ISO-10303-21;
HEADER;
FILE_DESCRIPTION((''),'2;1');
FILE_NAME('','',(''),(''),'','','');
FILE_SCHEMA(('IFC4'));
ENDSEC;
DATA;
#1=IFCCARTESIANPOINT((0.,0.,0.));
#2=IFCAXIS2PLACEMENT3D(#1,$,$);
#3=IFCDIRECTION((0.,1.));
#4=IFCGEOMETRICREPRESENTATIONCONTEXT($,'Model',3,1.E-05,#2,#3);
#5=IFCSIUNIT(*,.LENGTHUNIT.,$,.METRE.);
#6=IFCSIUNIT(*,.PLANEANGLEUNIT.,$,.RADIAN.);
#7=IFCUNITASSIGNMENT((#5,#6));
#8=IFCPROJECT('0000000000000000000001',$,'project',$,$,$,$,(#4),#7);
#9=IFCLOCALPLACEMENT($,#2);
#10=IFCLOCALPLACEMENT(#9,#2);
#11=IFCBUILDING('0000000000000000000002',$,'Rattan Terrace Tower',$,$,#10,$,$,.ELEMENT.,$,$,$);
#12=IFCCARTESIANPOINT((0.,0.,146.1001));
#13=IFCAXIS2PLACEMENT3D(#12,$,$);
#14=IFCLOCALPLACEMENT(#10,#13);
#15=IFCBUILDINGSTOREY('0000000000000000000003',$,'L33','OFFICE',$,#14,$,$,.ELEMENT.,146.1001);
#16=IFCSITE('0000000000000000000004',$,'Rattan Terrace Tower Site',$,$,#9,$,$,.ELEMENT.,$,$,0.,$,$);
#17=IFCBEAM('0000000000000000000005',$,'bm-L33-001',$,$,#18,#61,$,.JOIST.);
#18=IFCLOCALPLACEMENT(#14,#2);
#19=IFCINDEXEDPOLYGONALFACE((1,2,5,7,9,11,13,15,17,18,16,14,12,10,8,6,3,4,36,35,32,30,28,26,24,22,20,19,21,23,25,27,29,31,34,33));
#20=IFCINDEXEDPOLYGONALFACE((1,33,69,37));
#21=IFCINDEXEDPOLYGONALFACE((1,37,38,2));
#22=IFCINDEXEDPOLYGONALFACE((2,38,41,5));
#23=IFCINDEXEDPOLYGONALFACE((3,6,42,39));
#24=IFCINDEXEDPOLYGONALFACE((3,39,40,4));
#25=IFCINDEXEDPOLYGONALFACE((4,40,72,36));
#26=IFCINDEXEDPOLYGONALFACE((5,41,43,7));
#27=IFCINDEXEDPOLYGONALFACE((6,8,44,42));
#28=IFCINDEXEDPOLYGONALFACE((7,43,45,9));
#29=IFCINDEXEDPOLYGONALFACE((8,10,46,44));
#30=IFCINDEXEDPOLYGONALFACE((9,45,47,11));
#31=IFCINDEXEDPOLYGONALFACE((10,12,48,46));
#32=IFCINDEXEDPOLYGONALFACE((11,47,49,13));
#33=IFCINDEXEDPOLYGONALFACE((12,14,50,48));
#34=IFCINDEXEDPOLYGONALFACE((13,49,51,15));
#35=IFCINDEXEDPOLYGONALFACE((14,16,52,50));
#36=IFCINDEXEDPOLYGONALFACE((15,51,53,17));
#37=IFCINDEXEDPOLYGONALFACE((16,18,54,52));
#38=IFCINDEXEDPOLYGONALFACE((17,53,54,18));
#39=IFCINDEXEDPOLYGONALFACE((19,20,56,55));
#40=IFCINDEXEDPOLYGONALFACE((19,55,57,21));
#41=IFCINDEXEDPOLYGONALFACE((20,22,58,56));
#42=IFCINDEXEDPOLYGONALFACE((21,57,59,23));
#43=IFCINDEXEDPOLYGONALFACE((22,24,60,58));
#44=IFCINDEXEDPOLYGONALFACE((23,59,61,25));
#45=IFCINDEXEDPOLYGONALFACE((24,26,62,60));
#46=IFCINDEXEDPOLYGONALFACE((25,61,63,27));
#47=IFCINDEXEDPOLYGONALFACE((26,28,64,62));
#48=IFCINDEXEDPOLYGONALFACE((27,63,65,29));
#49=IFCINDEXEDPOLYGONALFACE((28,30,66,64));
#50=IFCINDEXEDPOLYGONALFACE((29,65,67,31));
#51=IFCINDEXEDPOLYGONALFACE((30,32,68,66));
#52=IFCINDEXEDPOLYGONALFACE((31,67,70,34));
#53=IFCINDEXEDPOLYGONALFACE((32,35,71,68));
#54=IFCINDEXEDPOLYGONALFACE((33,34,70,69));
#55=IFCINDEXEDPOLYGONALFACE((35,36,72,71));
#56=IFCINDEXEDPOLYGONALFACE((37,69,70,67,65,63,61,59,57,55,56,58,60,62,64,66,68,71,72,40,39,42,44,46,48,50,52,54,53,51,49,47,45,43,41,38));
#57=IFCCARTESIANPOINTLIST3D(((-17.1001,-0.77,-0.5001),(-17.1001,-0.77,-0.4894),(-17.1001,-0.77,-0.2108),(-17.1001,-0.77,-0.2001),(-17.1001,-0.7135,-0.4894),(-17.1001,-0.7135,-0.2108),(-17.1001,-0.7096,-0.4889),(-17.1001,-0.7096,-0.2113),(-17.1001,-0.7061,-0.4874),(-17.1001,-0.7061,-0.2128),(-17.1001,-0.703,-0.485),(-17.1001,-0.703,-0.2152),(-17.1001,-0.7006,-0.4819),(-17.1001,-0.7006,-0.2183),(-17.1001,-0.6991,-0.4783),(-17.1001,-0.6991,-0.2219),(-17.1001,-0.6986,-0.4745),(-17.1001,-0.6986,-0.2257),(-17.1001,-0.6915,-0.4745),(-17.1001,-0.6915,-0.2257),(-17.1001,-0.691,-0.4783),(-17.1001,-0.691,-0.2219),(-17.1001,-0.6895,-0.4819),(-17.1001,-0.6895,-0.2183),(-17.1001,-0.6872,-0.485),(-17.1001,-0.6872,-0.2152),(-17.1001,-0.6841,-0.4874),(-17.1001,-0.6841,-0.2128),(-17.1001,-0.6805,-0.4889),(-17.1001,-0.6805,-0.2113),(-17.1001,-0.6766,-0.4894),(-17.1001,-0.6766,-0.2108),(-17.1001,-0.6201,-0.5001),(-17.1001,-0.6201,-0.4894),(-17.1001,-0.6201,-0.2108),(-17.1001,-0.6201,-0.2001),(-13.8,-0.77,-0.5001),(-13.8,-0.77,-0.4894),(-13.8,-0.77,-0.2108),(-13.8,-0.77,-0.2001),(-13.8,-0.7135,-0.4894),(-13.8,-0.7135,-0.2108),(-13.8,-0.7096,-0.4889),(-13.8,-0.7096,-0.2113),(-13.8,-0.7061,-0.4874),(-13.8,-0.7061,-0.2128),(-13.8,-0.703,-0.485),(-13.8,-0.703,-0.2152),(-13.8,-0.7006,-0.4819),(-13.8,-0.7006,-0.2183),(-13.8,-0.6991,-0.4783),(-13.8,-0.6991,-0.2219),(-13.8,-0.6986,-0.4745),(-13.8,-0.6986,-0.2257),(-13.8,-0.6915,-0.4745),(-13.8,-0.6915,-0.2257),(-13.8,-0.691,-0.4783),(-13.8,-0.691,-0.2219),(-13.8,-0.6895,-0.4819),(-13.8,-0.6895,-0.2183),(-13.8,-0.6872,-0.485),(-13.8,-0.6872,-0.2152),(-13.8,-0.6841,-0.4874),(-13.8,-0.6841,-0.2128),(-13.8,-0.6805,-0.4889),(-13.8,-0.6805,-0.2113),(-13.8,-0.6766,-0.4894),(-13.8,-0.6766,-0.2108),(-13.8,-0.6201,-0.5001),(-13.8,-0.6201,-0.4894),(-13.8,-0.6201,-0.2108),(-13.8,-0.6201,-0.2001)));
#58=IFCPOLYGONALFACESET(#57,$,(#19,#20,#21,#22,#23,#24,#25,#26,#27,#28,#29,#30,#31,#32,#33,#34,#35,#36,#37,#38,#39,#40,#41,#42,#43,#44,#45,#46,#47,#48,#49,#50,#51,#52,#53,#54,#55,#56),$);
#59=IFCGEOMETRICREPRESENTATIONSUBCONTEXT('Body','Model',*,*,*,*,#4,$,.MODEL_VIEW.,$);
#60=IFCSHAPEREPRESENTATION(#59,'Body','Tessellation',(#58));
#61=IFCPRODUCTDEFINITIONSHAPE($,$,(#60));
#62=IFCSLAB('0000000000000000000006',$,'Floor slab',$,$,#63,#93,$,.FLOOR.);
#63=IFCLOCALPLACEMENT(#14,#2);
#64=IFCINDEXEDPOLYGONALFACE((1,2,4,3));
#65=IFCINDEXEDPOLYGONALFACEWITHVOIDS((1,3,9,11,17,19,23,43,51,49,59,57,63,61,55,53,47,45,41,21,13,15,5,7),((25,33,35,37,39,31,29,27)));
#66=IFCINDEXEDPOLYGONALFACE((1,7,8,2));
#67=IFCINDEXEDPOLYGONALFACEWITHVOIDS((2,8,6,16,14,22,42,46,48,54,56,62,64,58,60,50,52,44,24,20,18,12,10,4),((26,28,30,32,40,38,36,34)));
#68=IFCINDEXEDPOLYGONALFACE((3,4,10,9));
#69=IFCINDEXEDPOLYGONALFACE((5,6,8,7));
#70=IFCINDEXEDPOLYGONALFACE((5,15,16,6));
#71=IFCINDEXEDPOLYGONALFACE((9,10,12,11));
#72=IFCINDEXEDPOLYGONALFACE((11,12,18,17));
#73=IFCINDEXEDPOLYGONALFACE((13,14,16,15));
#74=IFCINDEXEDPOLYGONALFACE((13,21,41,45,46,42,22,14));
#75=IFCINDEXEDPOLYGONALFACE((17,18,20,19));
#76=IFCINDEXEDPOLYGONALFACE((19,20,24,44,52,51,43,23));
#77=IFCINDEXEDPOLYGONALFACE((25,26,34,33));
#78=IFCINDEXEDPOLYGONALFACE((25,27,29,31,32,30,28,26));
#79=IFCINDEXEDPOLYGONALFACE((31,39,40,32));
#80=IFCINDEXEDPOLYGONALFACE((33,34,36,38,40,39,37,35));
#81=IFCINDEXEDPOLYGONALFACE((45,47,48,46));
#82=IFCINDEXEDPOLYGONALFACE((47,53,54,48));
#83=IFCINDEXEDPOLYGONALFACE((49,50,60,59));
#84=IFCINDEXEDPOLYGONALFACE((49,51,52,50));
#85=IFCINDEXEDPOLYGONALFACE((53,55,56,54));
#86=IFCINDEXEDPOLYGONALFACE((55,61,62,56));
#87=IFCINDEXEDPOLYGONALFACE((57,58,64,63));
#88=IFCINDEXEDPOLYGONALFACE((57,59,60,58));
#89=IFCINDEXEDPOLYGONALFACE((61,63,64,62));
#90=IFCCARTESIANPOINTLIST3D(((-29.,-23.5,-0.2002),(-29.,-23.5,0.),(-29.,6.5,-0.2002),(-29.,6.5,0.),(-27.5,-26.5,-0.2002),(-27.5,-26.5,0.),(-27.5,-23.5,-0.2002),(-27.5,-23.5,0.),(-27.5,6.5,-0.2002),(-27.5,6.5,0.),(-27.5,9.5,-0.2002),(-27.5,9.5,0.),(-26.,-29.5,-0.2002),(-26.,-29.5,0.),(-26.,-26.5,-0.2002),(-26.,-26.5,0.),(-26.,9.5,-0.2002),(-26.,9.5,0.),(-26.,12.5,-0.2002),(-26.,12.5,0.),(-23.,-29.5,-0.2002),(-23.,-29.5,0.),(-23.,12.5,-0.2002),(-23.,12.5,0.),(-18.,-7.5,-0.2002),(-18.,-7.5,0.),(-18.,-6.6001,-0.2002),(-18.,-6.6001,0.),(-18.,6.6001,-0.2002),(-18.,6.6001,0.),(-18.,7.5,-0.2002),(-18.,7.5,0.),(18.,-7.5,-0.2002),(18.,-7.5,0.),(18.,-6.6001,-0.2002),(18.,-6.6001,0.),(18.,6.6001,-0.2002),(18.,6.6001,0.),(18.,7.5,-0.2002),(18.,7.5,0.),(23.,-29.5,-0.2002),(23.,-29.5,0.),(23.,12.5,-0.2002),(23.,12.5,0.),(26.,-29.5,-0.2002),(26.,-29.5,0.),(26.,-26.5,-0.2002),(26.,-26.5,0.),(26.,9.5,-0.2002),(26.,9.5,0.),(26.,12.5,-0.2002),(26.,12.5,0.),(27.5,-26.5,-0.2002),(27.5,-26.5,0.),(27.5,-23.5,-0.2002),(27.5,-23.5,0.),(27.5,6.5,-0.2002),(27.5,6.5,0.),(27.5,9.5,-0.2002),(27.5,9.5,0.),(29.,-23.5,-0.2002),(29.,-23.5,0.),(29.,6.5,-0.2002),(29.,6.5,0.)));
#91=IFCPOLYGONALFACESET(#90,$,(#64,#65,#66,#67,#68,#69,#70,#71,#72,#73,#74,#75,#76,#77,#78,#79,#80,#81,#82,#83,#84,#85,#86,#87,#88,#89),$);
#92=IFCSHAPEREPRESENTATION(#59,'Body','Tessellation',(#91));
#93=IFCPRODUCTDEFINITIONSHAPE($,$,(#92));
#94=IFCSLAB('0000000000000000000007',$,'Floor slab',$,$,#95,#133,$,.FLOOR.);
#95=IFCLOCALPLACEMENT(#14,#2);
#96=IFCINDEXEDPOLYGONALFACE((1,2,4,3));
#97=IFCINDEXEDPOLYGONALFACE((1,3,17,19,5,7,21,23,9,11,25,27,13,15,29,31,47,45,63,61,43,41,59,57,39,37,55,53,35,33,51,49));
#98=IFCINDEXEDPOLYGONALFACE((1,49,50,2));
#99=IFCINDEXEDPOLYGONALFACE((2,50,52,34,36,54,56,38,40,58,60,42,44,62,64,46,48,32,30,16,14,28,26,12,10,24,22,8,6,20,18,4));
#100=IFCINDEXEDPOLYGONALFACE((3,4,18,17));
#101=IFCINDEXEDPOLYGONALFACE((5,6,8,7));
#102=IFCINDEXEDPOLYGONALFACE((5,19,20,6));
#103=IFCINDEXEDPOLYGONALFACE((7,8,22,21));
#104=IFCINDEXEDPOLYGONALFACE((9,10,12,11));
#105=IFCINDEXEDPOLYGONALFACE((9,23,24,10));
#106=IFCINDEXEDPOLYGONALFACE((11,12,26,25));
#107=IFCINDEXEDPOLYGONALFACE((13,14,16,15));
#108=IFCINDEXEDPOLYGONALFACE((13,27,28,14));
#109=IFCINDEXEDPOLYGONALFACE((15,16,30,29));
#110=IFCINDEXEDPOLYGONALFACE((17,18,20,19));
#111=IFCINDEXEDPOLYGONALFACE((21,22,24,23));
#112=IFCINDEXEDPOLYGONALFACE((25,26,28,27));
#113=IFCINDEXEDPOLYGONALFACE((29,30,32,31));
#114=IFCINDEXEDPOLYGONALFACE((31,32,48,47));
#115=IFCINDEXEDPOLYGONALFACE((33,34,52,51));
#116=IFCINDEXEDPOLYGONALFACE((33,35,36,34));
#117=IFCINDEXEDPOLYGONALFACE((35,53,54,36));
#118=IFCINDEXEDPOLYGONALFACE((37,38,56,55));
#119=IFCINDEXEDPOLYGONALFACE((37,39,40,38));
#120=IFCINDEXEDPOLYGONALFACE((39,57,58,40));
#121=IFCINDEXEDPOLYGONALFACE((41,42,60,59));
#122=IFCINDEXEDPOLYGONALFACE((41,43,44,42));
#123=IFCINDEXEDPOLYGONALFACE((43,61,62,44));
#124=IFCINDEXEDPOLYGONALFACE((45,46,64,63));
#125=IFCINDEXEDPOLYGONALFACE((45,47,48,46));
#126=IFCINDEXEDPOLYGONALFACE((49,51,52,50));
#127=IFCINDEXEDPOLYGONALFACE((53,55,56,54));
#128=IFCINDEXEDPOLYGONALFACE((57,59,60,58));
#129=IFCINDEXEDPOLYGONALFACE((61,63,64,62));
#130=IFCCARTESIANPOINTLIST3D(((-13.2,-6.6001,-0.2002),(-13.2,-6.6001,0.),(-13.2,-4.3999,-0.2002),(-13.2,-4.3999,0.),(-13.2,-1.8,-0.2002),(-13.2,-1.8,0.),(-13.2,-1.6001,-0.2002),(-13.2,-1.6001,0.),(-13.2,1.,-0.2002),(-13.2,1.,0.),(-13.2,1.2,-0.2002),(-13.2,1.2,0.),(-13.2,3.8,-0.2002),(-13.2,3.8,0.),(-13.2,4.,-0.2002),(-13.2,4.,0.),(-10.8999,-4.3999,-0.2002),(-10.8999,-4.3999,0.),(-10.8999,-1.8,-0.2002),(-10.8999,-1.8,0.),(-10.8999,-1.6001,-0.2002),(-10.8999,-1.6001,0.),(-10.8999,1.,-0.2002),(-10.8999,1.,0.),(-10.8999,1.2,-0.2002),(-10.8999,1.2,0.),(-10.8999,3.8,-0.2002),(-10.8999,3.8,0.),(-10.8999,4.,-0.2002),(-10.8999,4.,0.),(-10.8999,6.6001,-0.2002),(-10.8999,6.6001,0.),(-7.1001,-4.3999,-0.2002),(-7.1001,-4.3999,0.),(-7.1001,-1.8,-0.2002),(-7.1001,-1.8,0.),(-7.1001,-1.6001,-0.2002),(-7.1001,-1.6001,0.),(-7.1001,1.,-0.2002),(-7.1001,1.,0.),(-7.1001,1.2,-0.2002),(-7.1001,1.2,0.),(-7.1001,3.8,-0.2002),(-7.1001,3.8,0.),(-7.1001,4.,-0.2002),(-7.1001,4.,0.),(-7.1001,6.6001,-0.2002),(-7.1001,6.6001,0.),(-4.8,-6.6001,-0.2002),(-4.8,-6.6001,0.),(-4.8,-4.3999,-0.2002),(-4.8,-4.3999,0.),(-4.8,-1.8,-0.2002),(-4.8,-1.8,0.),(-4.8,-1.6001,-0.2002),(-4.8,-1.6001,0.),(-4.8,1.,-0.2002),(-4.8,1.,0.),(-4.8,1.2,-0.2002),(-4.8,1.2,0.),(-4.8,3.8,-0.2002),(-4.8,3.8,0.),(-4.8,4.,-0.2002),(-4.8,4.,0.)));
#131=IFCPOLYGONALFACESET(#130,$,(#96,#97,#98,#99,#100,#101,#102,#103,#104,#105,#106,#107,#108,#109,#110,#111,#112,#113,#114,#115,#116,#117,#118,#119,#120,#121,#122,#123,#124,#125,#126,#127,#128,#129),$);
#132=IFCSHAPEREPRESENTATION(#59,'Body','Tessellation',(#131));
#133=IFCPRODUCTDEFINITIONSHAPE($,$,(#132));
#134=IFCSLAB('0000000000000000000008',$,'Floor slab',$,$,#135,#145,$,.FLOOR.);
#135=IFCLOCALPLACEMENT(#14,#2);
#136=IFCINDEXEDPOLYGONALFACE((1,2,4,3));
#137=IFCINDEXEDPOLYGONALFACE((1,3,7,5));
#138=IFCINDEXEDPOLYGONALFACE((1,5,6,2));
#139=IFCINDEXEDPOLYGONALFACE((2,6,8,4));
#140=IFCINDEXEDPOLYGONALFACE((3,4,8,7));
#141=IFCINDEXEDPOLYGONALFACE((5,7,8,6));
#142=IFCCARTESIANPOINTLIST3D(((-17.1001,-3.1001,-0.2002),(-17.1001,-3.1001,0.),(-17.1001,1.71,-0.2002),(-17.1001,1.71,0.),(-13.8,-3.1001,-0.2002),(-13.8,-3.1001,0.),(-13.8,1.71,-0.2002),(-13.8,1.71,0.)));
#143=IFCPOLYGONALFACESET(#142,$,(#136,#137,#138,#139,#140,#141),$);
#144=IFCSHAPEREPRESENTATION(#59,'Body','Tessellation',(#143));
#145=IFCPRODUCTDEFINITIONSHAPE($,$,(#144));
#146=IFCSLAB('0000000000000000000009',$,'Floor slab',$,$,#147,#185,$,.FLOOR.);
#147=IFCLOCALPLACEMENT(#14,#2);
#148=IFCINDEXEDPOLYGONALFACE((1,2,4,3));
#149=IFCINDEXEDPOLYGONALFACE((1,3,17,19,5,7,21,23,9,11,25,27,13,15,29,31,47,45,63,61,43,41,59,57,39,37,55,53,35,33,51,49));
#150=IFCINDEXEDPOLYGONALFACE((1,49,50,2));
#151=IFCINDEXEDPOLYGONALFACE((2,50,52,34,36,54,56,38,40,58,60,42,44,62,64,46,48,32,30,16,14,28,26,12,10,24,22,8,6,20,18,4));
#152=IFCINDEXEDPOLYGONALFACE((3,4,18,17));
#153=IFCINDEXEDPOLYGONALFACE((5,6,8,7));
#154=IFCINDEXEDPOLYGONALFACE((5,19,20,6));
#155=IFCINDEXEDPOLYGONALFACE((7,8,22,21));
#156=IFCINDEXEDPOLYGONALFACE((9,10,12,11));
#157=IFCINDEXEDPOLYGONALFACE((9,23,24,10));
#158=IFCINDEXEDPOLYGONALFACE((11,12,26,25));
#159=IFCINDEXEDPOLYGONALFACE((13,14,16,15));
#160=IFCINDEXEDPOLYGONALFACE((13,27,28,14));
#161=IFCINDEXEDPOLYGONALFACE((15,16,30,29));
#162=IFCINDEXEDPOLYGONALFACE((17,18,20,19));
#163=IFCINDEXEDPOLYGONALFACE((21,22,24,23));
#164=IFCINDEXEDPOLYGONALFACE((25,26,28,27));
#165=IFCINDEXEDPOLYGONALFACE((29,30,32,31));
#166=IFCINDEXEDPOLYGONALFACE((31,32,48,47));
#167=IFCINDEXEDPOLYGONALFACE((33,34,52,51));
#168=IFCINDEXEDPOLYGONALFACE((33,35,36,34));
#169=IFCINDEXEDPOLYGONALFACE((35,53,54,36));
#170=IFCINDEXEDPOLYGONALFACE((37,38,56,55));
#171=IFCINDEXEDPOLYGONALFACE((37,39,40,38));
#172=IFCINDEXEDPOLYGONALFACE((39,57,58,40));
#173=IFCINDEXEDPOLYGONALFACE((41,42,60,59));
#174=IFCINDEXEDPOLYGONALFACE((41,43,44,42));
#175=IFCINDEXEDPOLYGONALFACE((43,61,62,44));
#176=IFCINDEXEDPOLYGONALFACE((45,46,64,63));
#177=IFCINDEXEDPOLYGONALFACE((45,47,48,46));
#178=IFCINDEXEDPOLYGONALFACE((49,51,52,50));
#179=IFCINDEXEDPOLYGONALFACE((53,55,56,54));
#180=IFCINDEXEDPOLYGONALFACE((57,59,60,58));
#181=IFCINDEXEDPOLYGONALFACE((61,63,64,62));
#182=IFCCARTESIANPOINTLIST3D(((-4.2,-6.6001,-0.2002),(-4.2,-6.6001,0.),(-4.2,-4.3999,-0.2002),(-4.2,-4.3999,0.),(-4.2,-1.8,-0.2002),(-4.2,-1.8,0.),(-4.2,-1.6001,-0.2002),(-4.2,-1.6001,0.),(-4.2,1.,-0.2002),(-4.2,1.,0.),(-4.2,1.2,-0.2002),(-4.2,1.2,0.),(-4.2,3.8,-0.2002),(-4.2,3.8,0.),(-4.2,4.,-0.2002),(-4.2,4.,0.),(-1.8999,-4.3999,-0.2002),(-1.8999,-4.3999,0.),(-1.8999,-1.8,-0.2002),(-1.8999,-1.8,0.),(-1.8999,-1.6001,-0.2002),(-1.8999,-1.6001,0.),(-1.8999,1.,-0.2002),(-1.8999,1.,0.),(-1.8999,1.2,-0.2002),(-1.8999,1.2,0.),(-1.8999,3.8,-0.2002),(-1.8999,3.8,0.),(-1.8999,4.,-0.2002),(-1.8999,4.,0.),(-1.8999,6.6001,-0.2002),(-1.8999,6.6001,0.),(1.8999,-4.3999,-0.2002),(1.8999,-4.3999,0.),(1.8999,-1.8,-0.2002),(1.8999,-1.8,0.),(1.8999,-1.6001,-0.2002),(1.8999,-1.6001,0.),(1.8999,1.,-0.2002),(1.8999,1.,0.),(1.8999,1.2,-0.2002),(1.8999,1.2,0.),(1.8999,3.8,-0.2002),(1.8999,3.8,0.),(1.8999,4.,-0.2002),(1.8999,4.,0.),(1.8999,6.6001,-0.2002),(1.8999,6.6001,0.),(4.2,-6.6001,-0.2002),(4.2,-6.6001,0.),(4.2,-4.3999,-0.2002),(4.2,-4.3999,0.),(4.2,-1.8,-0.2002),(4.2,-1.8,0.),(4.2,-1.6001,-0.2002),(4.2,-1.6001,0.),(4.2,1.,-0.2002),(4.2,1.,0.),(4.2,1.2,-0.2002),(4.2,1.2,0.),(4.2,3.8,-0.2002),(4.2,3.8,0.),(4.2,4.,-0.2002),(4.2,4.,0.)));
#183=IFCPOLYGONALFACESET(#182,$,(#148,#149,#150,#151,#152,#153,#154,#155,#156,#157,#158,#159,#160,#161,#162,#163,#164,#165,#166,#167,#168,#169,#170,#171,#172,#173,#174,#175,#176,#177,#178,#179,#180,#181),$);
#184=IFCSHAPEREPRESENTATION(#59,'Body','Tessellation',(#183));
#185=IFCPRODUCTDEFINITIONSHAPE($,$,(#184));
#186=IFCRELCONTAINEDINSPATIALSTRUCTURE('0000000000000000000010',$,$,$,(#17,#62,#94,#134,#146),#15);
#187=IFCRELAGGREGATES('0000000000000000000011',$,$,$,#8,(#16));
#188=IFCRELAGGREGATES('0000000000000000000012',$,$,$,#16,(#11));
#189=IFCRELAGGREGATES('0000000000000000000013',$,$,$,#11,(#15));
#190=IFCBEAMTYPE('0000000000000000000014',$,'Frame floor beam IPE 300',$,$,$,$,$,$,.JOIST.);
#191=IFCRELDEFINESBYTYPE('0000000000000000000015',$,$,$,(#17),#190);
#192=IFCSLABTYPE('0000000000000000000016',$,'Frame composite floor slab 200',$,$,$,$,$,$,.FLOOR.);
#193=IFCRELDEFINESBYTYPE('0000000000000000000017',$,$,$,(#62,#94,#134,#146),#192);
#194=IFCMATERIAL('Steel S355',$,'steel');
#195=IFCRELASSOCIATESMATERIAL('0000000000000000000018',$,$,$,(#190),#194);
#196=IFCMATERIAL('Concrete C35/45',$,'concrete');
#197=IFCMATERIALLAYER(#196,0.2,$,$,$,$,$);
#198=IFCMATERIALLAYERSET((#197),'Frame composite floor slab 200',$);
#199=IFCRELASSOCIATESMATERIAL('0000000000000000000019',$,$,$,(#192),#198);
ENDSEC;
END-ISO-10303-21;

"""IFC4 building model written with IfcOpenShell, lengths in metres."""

from ifc_helpers import new_model, si_unit, direction, frame, origin, origin_2d, place, context, subcontext, project, spatial, polyline, i_section, outline, extrude, material, layer, layer_set, material_profile, profile_set, type_object, element, save


model = new_model("IFC4")

# Units and contexts
model_context = context("Model", 3, precision=1e-05, world=origin(), true_north=direction((0.0, 1.0)))
body_context = subcontext(model_context, "Body", "Model", "MODEL_VIEW")
ifc_project = project(units=[si_unit("LENGTHUNIT", "METRE"), si_unit("PLANEANGLEUNIT", "RADIAN")], contexts=[model_context])

# Site, building, storey
site_placement = place(None, origin())
site = spatial("IfcSite", under=ifc_project, at=site_placement, Name="Rattan Terrace Tower Site", CompositionType="ELEMENT", RefElevation=0.0)
building_placement = place(site_placement, origin())
building = spatial("IfcBuilding", under=site, at=building_placement, Name="Rattan Terrace Tower", CompositionType="ELEMENT")
storey_placement = place(building_placement, frame((0.0, 0.0, 146.1001)))
storey = spatial("IfcBuildingStorey", under=building, at=storey_placement, Name="L33", Description="OFFICE", CompositionType="ELEMENT", Elevation=146.1001)

# Beam
ifc_material_1 = material(Name="Steel S355", Category="steel")
ifc_material_profile = material_profile(ifc_material_1, i_section(OverallWidth=0.1499, OverallDepth=0.3, WebThickness=0.0071, FlangeThickness=0.0107, FilletRadius=0.0149, at=origin_2d()), Name="IPE 300")
ifc_profile_set = profile_set([ifc_material_profile], Name="Steel S355")
beam_type = type_object("IfcBeamType", Name="Frame floor beam IPE 300", PredefinedType="JOIST", material=ifc_profile_set)
beam_placement = place(storey_placement, frame((-17.1001, -0.6951, -0.3501), z_axis=(1.0, 0.0, 0.0), x_axis=(0.0, 1.0, 0.0)))
element("IfcBeam", 1, at=beam_placement, inside=storey, type_object=beam_type, Name="bm-L33-001", PredefinedType="JOIST", context=body_context, shape_type="SweptSolid", body=[
    extrude(i_section(OverallWidth=0.1499, OverallDepth=0.3, WebThickness=0.0071, FlangeThickness=0.0107, FilletRadius=0.0149, at=origin_2d()), origin(), (0.0, 0.0, 1.0), 3.3),
])

# Slabs
ifc_material_2 = material(Name="Concrete C35/45", Category="concrete")
ifc_layer_1 = layer(ifc_material_2, 0.2)
ifc_layer_set_1 = layer_set([ifc_layer_1], Name="Frame composite floor slab 200")
slab_type = type_object("IfcSlabType", Name="Frame composite floor slab 200", PredefinedType="FLOOR", material=ifc_layer_set_1)
slab_1_placement = place(storey_placement, frame((0.0, 0.0, -0.2002)))
element("IfcSlab", 2, at=slab_1_placement, inside=storey, type_object=slab_type, Name="Floor slab", PredefinedType="FLOOR", context=body_context, shape_type="SweptSolid", body=[
    extrude(outline(polyline([(-23.0, -29.5), (23.0, -29.5), (26.0, -29.5), (26.0, -26.5), (27.5, -26.5), (27.5, -23.5), (29.0, -23.5), (29.0, 6.5), (27.5, 6.5), (27.5, 9.5), (26.0, 9.5), (26.0, 12.5), (23.0, 12.5), (-23.0, 12.5), (-26.0, 12.5), (-26.0, 9.5), (-27.5, 9.5), (-27.5, 6.5), (-29.0, 6.5), (-29.0, -23.5), (-27.5, -23.5), (-27.5, -26.5), (-26.0, -26.5), (-26.0, -29.5), (-23.0, -29.5)]), holes=[polyline([(-18.0, -6.6001), (-18.0, -7.5), (18.0, -7.5), (18.0, -6.6001), (18.0, 6.6001), (18.0, 7.5), (-18.0, 7.5), (-18.0, 6.6001), (-18.0, -6.6001)])]), origin(), (0.0, 0.0, 1.0), 0.2002),
])
slab_2_placement = place(storey_placement, frame((0.0, 0.0, -0.2002)))
element("IfcSlab", 3, at=slab_2_placement, inside=storey, type_object=slab_type, Name="Floor slab", PredefinedType="FLOOR", context=body_context, shape_type="SweptSolid", body=[
    extrude(outline(polyline([(-10.8999, 6.6001), (-10.8999, 4.0), (-13.2, 4.0), (-13.2, 3.8), (-10.8999, 3.8), (-10.8999, 1.2), (-13.2, 1.2), (-13.2, 1.0), (-10.8999, 1.0), (-10.8999, -1.6001), (-13.2, -1.6001), (-13.2, -1.8), (-10.8999, -1.8), (-10.8999, -4.3999), (-13.2, -4.3999), (-13.2, -6.6001), (-4.8, -6.6001), (-4.8, -4.3999), (-7.1001, -4.3999), (-7.1001, -1.8), (-4.8, -1.8), (-4.8, -1.6001), (-7.1001, -1.6001), (-7.1001, 1.0), (-4.8, 1.0), (-4.8, 1.2), (-7.1001, 1.2), (-7.1001, 3.8), (-4.8, 3.8), (-4.8, 4.0), (-7.1001, 4.0), (-7.1001, 6.6001), (-10.8999, 6.6001)])), origin(), (0.0, 0.0, 1.0), 0.2002),
])
slab_3_placement = place(storey_placement, frame((0.0, 0.0, -0.2002)))
element("IfcSlab", 4, at=slab_3_placement, inside=storey, type_object=slab_type, Name="Floor slab", PredefinedType="FLOOR", context=body_context, shape_type="SweptSolid", body=[
    extrude(outline(polyline([(-17.1001, -3.1001), (-13.8, -3.1001), (-13.8, 1.71), (-17.1001, 1.71), (-17.1001, -3.1001)])), origin(), (0.0, 0.0, 1.0), 0.2002),
])
slab_4_placement = place(storey_placement, frame((0.0, 0.0, -0.2002)))
element("IfcSlab", 5, at=slab_4_placement, inside=storey, type_object=slab_type, Name="Floor slab", PredefinedType="FLOOR", context=body_context, shape_type="SweptSolid", body=[
    extrude(outline(polyline([(-4.2, 4.0), (-4.2, 3.8), (-1.8999, 3.8), (-1.8999, 1.2), (-4.2, 1.2), (-4.2, 1.0), (-1.8999, 1.0), (-1.8999, -1.6001), (-4.2, -1.6001), (-4.2, -1.8), (-1.8999, -1.8), (-1.8999, -4.3999), (-4.2, -4.3999), (-4.2, -6.6001), (4.2, -6.6001), (4.2, -4.3999), (1.8999, -4.3999), (1.8999, -1.8), (4.2, -1.8), (4.2, -1.6001), (1.8999, -1.6001), (1.8999, 1.0), (4.2, 1.0), (4.2, 1.2), (1.8999, 1.2), (1.8999, 3.8), (4.2, 3.8), (4.2, 4.0), (1.8999, 4.0), (1.8999, 6.6001), (-1.8999, 6.6001), (-1.8999, 4.0), (-4.2, 4.0)])), origin(), (0.0, 0.0, 1.0), 0.2002),
])

save(model, "model.ifc")
